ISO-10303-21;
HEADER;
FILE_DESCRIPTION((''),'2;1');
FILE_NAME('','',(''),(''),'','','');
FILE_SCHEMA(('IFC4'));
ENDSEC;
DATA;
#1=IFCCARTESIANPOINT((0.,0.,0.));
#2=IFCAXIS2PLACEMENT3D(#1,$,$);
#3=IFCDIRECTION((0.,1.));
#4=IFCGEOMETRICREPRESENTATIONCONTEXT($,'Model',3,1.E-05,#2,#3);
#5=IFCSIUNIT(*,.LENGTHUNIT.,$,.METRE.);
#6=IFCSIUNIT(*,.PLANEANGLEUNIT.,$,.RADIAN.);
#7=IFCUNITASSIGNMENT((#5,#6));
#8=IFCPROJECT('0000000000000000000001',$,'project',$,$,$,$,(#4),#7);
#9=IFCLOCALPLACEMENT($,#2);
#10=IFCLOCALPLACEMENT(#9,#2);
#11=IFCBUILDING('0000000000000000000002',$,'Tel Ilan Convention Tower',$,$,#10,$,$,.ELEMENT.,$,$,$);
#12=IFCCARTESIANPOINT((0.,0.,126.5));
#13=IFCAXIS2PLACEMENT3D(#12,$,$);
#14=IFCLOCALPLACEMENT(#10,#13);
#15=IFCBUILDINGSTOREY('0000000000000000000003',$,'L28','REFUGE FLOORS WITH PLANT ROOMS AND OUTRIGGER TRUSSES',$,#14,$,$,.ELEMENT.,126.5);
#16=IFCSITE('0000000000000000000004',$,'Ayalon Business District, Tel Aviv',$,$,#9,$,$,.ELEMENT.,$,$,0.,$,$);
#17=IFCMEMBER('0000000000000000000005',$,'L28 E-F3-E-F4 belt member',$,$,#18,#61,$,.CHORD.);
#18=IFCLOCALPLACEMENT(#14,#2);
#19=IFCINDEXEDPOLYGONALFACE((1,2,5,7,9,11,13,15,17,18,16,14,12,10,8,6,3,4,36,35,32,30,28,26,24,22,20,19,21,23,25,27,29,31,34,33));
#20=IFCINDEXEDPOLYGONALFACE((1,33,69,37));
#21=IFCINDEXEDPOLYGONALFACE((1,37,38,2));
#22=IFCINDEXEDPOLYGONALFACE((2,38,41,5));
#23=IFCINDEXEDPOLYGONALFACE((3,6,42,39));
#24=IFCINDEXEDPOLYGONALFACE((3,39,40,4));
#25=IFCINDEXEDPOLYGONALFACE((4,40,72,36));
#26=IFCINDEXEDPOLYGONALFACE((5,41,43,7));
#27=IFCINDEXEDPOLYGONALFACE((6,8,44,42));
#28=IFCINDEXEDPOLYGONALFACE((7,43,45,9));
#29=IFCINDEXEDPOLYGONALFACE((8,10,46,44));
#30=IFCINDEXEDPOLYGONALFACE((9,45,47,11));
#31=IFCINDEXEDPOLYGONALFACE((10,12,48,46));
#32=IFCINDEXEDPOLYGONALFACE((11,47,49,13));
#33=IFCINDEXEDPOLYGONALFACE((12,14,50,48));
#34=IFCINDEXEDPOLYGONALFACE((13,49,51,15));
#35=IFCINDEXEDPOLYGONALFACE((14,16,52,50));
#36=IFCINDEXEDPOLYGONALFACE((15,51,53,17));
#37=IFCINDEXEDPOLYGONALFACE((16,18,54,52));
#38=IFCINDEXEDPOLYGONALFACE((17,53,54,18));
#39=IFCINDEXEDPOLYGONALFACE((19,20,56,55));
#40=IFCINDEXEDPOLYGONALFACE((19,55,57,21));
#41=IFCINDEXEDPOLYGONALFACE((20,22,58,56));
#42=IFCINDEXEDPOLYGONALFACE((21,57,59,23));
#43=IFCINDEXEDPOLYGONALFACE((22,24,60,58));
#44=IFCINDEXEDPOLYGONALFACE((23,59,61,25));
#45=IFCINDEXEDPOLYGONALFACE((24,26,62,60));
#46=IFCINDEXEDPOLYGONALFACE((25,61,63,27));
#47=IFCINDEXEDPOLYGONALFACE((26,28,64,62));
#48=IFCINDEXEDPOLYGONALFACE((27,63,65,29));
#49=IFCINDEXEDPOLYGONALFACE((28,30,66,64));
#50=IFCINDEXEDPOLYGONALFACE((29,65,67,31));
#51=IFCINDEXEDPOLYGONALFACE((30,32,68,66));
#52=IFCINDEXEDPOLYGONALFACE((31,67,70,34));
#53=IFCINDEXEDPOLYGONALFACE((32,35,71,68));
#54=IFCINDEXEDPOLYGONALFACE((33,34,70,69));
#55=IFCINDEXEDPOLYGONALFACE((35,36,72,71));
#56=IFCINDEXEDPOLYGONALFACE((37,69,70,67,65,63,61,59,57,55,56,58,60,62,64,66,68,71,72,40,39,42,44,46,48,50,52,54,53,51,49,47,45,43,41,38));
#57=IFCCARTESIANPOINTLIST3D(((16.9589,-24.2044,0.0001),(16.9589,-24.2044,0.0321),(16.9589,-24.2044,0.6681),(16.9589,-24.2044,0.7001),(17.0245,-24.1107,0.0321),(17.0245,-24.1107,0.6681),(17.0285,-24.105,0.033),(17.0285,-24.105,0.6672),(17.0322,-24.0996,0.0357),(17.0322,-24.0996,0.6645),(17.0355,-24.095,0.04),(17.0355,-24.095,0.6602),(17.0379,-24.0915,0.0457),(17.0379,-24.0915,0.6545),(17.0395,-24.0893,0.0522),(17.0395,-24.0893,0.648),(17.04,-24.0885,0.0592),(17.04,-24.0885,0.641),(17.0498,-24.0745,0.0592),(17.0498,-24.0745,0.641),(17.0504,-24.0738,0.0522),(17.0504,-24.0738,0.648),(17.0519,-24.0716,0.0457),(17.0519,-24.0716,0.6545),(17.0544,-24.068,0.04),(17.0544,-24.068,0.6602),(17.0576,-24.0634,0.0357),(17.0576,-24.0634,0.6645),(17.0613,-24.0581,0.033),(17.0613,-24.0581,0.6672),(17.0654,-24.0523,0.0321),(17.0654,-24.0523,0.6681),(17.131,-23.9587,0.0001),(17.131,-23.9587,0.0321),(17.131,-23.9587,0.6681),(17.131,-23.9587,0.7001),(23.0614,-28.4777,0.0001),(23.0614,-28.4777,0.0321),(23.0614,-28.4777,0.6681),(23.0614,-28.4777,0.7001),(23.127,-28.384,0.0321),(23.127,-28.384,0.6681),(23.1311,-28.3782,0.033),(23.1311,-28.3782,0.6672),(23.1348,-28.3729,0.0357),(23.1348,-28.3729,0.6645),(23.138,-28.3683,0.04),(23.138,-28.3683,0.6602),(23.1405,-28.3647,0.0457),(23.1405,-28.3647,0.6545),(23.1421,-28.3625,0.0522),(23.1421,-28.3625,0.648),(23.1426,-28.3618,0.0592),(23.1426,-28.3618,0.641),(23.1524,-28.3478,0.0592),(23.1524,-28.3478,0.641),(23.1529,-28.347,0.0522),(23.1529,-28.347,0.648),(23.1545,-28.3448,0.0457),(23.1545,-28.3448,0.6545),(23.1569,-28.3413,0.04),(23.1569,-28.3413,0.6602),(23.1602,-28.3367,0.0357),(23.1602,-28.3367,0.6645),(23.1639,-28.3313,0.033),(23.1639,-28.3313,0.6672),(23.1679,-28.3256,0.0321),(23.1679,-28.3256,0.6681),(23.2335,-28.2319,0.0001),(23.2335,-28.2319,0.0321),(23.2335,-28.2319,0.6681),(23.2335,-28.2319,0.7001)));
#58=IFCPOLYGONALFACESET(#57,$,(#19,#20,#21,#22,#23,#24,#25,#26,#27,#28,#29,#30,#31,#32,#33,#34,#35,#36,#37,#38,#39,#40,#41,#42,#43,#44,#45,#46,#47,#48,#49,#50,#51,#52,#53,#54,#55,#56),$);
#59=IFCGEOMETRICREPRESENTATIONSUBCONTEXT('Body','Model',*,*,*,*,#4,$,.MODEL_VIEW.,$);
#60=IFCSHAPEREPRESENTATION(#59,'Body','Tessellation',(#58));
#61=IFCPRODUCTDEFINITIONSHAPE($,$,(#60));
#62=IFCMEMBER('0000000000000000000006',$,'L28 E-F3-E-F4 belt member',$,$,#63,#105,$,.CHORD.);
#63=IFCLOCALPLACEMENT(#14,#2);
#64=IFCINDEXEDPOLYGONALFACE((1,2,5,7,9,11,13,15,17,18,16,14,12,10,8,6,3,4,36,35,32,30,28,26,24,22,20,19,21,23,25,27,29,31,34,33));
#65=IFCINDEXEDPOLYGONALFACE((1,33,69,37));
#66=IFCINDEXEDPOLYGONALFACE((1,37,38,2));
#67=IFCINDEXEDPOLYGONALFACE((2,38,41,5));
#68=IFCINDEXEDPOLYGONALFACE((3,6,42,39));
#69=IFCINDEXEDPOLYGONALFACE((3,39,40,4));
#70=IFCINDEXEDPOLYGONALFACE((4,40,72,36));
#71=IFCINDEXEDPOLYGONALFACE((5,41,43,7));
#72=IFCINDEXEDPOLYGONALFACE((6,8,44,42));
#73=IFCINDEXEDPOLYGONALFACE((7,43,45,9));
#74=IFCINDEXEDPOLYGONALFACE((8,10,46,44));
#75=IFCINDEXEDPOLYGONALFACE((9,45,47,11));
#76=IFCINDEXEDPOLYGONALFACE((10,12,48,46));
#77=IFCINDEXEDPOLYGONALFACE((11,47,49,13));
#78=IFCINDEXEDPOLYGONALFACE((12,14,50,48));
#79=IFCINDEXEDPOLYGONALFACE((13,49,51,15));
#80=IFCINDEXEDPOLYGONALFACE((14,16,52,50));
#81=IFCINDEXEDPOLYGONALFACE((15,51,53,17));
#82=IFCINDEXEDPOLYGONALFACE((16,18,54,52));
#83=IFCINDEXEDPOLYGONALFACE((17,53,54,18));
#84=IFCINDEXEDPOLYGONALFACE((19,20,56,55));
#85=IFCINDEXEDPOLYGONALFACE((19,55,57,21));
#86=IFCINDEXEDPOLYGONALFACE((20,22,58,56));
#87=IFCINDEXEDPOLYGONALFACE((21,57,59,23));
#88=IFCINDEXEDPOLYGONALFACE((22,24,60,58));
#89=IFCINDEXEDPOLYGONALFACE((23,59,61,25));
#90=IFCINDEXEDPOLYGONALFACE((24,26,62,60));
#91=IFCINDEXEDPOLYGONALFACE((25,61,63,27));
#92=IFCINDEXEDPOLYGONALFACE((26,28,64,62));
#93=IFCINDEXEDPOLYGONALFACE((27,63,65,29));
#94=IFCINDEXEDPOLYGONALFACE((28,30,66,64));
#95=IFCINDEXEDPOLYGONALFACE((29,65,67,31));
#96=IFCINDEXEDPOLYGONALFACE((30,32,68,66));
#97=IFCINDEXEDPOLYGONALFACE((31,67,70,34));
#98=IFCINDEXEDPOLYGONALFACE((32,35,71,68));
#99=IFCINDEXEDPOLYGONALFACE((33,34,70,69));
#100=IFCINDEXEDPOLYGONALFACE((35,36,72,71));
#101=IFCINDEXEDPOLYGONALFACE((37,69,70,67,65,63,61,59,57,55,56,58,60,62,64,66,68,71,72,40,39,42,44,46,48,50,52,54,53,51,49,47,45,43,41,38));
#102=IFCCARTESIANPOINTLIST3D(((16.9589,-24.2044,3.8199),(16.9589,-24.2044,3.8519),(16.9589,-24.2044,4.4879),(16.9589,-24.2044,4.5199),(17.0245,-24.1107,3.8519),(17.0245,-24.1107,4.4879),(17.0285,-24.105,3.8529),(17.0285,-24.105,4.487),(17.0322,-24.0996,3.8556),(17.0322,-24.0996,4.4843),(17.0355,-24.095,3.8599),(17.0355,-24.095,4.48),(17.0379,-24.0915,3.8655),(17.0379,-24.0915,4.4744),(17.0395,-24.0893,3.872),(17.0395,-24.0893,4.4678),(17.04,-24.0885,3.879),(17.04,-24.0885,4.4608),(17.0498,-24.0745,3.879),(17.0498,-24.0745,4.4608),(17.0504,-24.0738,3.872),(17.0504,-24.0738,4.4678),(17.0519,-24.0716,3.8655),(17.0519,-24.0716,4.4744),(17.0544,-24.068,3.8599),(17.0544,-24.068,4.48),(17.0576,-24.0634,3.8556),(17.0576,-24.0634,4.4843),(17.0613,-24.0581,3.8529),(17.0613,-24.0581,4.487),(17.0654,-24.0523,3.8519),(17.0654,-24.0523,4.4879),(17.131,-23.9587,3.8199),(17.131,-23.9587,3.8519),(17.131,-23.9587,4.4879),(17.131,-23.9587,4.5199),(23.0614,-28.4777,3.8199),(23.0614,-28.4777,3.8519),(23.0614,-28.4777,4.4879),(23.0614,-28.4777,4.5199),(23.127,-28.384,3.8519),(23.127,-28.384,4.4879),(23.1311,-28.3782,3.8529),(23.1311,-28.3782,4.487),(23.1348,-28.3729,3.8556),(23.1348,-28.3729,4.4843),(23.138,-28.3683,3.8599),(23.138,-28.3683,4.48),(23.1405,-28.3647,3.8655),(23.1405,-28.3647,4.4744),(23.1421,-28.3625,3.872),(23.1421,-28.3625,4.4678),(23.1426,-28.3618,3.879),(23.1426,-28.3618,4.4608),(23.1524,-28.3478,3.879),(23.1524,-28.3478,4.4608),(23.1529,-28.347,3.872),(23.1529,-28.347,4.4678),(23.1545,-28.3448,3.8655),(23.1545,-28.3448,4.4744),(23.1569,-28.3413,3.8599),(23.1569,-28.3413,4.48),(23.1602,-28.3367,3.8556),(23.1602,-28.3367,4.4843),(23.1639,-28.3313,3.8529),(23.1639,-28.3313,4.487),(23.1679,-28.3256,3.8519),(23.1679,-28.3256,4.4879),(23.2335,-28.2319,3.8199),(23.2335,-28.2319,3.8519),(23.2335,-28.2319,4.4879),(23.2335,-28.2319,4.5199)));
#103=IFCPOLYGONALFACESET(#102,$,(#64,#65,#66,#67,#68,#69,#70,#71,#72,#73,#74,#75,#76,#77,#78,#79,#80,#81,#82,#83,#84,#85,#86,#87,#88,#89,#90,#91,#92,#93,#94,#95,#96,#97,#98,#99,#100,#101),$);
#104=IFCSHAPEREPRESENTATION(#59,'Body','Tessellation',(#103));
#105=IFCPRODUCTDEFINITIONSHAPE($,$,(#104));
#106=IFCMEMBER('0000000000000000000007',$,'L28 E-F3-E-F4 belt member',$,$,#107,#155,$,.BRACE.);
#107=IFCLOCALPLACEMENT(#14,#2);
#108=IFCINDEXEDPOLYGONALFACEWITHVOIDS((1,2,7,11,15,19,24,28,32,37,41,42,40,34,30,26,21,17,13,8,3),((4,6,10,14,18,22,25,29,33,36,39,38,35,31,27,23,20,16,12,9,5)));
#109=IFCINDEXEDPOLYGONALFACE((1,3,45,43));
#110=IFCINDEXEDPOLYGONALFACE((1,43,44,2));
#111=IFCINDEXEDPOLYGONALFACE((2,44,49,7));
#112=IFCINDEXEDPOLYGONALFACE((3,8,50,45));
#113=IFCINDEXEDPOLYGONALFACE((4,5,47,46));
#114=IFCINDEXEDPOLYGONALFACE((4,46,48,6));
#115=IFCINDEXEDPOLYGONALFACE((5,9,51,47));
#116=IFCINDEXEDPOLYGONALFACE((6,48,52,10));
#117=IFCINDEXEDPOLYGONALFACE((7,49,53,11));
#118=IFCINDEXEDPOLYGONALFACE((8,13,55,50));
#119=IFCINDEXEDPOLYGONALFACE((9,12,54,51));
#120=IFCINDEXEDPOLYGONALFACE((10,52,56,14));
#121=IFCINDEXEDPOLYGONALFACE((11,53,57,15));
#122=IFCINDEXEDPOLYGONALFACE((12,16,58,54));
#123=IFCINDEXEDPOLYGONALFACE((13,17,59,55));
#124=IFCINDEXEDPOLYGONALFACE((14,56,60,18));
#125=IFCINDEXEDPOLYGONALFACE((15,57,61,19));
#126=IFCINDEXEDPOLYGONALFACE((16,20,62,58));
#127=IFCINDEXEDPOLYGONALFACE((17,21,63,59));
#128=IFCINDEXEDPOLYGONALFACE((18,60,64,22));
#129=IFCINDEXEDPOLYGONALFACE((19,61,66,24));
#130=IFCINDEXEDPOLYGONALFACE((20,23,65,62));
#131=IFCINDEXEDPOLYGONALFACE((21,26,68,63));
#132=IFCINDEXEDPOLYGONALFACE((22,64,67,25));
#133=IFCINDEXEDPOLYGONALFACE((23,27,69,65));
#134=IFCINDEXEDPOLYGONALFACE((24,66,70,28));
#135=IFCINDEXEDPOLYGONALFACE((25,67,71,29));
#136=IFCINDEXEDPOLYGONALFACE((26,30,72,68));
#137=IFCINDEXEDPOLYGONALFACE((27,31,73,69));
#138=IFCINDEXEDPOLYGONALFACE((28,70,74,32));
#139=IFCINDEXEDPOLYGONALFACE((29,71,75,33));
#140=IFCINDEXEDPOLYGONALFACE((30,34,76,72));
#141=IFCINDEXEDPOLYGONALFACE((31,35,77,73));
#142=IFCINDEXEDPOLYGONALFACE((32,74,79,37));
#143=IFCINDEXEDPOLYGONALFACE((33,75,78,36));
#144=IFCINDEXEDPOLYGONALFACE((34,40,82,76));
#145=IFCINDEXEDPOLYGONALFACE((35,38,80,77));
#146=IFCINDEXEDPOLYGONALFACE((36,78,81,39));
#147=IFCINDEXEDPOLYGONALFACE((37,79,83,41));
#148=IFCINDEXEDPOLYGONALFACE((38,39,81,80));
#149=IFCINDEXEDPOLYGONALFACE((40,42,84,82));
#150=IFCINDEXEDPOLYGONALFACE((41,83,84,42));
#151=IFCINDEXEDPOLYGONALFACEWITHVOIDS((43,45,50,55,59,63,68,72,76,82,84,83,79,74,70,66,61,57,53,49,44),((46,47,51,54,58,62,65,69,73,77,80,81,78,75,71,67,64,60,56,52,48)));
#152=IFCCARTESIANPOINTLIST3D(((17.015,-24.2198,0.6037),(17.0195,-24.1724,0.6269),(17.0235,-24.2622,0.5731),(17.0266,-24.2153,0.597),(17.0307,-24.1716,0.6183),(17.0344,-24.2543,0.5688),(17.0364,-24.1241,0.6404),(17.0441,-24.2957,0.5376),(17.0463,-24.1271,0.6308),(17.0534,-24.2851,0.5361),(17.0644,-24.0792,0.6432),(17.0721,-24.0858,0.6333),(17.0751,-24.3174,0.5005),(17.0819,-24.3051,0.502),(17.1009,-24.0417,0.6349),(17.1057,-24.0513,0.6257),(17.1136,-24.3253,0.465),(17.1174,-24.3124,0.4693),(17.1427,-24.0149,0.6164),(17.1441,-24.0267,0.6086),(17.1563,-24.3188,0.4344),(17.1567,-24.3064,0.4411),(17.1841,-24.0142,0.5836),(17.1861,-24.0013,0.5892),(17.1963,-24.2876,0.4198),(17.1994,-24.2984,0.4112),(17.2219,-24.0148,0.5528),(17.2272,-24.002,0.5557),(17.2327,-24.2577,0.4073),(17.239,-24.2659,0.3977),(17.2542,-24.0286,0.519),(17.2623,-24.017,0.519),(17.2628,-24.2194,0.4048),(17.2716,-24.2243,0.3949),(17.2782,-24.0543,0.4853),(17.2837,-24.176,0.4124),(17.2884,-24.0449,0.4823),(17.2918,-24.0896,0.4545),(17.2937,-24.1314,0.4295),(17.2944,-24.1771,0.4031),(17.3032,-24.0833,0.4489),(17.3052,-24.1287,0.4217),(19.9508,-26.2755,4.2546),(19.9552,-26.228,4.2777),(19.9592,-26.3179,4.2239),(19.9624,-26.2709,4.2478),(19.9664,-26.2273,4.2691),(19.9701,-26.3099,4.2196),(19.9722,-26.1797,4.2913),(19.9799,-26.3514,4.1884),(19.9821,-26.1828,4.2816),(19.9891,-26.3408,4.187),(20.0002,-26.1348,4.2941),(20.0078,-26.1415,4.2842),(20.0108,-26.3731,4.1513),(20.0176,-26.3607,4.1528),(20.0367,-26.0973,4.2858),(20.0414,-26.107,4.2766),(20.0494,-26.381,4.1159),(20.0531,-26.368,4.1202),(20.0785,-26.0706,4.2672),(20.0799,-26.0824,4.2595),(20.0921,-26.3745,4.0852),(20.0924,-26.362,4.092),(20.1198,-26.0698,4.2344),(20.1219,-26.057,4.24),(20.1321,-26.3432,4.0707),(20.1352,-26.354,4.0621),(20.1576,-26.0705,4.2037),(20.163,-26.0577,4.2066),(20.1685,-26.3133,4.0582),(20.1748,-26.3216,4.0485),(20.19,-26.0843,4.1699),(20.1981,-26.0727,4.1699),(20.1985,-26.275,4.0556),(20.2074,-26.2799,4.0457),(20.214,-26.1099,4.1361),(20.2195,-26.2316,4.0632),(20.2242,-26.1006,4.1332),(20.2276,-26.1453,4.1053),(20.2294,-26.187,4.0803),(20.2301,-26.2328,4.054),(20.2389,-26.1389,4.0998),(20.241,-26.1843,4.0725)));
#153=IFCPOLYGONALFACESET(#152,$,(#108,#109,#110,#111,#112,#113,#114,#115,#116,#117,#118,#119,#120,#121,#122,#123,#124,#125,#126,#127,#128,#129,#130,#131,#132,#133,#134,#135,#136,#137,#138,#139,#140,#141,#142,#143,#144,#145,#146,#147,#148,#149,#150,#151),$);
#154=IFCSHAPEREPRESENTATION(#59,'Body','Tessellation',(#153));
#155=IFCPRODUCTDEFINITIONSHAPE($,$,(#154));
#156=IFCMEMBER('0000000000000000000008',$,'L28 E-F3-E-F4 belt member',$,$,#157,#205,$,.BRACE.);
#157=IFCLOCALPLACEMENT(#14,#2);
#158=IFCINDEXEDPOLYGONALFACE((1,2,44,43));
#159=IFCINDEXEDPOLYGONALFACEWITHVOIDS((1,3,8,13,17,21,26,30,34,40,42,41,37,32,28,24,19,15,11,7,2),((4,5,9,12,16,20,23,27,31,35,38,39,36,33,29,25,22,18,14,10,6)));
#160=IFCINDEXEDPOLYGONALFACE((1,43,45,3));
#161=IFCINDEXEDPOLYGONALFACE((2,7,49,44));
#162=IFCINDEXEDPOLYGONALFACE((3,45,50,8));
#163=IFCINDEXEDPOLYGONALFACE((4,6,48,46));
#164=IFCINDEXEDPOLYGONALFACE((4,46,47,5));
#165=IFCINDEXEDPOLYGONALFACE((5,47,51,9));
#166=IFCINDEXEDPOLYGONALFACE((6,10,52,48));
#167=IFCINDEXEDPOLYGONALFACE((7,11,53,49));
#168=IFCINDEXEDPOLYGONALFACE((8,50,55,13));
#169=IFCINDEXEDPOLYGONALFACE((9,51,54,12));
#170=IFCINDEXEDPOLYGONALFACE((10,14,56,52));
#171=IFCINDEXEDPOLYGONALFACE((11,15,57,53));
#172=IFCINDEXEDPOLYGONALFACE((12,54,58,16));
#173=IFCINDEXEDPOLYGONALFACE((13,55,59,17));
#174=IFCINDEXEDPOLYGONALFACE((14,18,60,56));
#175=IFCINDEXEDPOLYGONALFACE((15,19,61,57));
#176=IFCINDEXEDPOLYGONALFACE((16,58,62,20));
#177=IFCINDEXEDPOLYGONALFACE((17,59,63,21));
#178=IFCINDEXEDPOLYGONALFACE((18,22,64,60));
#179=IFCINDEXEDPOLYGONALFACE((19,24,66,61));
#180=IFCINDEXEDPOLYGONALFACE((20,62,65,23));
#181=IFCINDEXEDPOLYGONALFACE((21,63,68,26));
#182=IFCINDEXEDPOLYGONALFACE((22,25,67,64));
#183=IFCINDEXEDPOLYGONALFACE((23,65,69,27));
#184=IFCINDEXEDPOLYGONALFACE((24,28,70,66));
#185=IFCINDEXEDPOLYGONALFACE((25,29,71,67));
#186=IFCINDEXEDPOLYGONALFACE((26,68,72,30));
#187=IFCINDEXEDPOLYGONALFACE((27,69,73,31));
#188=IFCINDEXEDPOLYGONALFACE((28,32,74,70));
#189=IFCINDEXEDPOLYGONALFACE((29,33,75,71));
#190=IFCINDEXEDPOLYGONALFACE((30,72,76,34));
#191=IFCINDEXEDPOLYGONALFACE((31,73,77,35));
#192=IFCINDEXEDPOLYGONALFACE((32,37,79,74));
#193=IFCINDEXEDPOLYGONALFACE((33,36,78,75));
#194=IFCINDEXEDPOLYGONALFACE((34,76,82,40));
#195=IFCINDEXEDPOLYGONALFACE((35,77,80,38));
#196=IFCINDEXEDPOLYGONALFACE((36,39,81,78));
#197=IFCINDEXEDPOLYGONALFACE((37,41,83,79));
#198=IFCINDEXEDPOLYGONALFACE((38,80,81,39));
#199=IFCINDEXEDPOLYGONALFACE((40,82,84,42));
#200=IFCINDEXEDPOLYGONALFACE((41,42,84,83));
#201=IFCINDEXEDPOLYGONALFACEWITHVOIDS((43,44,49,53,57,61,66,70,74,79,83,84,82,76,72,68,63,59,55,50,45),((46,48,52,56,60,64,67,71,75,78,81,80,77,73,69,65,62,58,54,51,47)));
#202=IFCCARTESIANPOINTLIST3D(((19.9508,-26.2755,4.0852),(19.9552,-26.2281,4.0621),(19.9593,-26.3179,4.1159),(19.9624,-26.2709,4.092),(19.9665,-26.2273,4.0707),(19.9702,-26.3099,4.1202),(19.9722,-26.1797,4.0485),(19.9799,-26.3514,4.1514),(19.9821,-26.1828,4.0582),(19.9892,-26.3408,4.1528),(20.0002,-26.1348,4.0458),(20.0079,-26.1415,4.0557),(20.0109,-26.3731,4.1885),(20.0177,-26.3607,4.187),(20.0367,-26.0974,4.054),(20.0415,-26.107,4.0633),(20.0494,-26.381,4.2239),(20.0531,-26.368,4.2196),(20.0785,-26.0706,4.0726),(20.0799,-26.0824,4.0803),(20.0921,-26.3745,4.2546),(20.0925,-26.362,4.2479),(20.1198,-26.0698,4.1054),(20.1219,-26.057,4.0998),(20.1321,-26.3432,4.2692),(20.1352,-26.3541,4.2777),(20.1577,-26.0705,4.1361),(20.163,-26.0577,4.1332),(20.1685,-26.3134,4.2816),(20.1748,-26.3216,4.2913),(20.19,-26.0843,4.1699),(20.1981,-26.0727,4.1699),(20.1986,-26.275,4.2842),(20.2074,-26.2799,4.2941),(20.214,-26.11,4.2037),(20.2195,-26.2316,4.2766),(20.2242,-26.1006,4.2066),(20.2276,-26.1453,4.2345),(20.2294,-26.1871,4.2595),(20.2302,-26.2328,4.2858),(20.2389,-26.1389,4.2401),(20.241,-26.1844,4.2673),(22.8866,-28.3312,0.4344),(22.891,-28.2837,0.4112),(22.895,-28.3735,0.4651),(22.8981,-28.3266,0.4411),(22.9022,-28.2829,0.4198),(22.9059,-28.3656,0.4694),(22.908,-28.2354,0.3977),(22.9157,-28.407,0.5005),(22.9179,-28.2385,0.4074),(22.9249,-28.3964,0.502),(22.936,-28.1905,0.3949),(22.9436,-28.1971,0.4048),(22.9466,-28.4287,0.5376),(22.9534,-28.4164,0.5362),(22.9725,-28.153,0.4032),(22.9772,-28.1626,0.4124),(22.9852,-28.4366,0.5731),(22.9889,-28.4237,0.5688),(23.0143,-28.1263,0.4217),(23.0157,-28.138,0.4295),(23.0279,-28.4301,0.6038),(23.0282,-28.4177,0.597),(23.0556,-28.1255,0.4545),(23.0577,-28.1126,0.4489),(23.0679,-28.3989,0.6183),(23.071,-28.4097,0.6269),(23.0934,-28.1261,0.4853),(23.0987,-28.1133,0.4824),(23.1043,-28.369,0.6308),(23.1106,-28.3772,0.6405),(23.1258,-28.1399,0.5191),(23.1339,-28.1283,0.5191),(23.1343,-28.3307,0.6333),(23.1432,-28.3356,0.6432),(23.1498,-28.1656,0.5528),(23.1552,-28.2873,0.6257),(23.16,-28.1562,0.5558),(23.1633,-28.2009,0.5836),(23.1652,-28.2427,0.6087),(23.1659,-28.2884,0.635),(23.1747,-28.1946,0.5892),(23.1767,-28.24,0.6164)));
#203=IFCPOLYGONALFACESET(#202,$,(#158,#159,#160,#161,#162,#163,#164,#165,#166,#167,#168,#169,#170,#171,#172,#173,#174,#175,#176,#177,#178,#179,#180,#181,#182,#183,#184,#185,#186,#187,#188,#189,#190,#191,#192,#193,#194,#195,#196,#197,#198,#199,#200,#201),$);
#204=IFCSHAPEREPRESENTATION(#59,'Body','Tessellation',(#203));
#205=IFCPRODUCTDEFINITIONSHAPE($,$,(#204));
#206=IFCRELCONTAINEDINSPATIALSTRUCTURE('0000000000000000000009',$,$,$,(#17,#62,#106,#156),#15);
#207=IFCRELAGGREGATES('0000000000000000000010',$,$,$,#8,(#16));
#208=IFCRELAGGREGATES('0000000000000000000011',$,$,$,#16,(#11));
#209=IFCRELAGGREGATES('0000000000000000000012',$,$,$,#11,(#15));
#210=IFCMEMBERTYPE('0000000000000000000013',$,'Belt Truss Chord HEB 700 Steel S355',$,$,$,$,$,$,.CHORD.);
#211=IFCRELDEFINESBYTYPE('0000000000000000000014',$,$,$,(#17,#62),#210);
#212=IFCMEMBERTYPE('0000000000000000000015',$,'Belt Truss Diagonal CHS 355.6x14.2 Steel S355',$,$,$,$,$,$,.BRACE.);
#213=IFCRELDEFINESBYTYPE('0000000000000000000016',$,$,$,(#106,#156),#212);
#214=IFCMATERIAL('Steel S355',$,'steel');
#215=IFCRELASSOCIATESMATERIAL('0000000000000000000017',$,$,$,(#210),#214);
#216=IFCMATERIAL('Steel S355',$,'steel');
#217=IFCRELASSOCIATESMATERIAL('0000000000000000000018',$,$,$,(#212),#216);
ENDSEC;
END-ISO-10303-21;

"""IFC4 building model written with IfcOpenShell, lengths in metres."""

from ifc_helpers import new_model, si_unit, direction, frame, origin, origin_2d, place, context, subcontext, project, spatial, hollow_circle, i_section, extrude, material, material_profile, profile_set, type_object, element, save


model = new_model("IFC4")

# Units and contexts
model_context = context("Model", 3, precision=1e-05, world=origin(), true_north=direction((0.0, 1.0)))
body_context = subcontext(model_context, "Body", "Model", "MODEL_VIEW")
ifc_project = project(units=[si_unit("LENGTHUNIT", "METRE"), si_unit("PLANEANGLEUNIT", "RADIAN")], contexts=[model_context])

# Site, building, storey
site_placement = place(None, origin())
site = spatial("IfcSite", under=ifc_project, at=site_placement, Name="Ayalon Business District, Tel Aviv", CompositionType="ELEMENT", RefElevation=0.0)
building_placement = place(site_placement, origin())
building = spatial("IfcBuilding", under=site, at=building_placement, Name="Tel Ilan Convention Tower", CompositionType="ELEMENT")
storey_placement = place(building_placement, frame((0.0, 0.0, 126.5)))
storey = spatial("IfcBuildingStorey", under=building, at=storey_placement, Name="L28", Description="REFUGE FLOORS WITH PLANT ROOMS AND OUTRIGGER TRUSSES", CompositionType="ELEMENT", Elevation=126.5)

# Members
ifc_material_1 = material(Name="Steel S355", Category="steel")
ifc_material_profile_1 = material_profile(ifc_material_1, i_section(OverallWidth=0.3, OverallDepth=0.7, WebThickness=0.0171, FlangeThickness=0.032, FilletRadius=0.0271, at=origin_2d()), Name="HEB 700")
ifc_profile_set_1 = profile_set([ifc_material_profile_1], Name="Steel S355")
member_type_1 = type_object("IfcMemberType", Name="Belt Truss Chord HEB 700 Steel S355", PredefinedType="CHORD", material=ifc_profile_set_1)
for number, where, z_axis, x_axis, name in (
    (1, (17.0449, -24.0815, 0.3501), (0.819143, -0.57359, 0.0), (0.57359, 0.819143, 0.0), "L28 E-F3-E-F4 belt member"),
    (2, (17.0449, -24.0815, 4.1699), (0.819143, -0.57359, 0.0), (0.57359, 0.819143, 0.0), "L28 E-F3-E-F4 belt member"),
):
    element("IfcMember", number, at=place(storey_placement, frame(where, z_axis=z_axis, x_axis=x_axis)), inside=storey, type_object=member_type_1, Name=name, PredefinedType="CHORD", context=body_context, shape_type="SweptSolid", body=[
        extrude(i_section(OverallWidth=0.3, OverallDepth=0.7, WebThickness=0.0171, FlangeThickness=0.032, FilletRadius=0.0271, at=origin_2d()), origin(), (0.0, 0.0, 1.0), 7.45),
    ])
ifc_material_2 = material(Name="Steel S355", Category="steel")
ifc_material_profile_2 = material_profile(ifc_material_2, hollow_circle(Radius=0.1777, WallThickness=0.0142, at=origin_2d()), Name="CHS 355.6x14.2")
ifc_profile_set_2 = profile_set([ifc_material_profile_2], Name="Steel S355")
member_type_2 = type_object("IfcMemberType", Name="Belt Truss Diagonal CHS 355.6x14.2 Steel S355", PredefinedType="BRACE", material=ifc_profile_set_2)
for number, where, z_axis, x_axis, name in (
    (3, (17.1604, -24.1626, 0.519), (0.573844, -0.40181, 0.713619), (0.573577, 0.819152, 0.0), "L28 E-F3-E-F4 belt member"),
    (4, (20.0962, -26.2183, 4.1699), (0.573844, -0.40181, -0.713619), (0.573577, 0.819152, 0.0), "L28 E-F3-E-F4 belt member"),
):
    element("IfcMember", number, at=place(storey_placement, frame(where, z_axis=z_axis, x_axis=x_axis)), inside=storey, type_object=member_type_2, Name=name, PredefinedType="BRACE", context=body_context, shape_type="SweptSolid", body=[
        extrude(hollow_circle(Radius=0.1777, WallThickness=0.0142, at=origin_2d()), origin(), (0.0, 0.0, 1.0), 5.116),
    ])

save(model, "model.ifc")
